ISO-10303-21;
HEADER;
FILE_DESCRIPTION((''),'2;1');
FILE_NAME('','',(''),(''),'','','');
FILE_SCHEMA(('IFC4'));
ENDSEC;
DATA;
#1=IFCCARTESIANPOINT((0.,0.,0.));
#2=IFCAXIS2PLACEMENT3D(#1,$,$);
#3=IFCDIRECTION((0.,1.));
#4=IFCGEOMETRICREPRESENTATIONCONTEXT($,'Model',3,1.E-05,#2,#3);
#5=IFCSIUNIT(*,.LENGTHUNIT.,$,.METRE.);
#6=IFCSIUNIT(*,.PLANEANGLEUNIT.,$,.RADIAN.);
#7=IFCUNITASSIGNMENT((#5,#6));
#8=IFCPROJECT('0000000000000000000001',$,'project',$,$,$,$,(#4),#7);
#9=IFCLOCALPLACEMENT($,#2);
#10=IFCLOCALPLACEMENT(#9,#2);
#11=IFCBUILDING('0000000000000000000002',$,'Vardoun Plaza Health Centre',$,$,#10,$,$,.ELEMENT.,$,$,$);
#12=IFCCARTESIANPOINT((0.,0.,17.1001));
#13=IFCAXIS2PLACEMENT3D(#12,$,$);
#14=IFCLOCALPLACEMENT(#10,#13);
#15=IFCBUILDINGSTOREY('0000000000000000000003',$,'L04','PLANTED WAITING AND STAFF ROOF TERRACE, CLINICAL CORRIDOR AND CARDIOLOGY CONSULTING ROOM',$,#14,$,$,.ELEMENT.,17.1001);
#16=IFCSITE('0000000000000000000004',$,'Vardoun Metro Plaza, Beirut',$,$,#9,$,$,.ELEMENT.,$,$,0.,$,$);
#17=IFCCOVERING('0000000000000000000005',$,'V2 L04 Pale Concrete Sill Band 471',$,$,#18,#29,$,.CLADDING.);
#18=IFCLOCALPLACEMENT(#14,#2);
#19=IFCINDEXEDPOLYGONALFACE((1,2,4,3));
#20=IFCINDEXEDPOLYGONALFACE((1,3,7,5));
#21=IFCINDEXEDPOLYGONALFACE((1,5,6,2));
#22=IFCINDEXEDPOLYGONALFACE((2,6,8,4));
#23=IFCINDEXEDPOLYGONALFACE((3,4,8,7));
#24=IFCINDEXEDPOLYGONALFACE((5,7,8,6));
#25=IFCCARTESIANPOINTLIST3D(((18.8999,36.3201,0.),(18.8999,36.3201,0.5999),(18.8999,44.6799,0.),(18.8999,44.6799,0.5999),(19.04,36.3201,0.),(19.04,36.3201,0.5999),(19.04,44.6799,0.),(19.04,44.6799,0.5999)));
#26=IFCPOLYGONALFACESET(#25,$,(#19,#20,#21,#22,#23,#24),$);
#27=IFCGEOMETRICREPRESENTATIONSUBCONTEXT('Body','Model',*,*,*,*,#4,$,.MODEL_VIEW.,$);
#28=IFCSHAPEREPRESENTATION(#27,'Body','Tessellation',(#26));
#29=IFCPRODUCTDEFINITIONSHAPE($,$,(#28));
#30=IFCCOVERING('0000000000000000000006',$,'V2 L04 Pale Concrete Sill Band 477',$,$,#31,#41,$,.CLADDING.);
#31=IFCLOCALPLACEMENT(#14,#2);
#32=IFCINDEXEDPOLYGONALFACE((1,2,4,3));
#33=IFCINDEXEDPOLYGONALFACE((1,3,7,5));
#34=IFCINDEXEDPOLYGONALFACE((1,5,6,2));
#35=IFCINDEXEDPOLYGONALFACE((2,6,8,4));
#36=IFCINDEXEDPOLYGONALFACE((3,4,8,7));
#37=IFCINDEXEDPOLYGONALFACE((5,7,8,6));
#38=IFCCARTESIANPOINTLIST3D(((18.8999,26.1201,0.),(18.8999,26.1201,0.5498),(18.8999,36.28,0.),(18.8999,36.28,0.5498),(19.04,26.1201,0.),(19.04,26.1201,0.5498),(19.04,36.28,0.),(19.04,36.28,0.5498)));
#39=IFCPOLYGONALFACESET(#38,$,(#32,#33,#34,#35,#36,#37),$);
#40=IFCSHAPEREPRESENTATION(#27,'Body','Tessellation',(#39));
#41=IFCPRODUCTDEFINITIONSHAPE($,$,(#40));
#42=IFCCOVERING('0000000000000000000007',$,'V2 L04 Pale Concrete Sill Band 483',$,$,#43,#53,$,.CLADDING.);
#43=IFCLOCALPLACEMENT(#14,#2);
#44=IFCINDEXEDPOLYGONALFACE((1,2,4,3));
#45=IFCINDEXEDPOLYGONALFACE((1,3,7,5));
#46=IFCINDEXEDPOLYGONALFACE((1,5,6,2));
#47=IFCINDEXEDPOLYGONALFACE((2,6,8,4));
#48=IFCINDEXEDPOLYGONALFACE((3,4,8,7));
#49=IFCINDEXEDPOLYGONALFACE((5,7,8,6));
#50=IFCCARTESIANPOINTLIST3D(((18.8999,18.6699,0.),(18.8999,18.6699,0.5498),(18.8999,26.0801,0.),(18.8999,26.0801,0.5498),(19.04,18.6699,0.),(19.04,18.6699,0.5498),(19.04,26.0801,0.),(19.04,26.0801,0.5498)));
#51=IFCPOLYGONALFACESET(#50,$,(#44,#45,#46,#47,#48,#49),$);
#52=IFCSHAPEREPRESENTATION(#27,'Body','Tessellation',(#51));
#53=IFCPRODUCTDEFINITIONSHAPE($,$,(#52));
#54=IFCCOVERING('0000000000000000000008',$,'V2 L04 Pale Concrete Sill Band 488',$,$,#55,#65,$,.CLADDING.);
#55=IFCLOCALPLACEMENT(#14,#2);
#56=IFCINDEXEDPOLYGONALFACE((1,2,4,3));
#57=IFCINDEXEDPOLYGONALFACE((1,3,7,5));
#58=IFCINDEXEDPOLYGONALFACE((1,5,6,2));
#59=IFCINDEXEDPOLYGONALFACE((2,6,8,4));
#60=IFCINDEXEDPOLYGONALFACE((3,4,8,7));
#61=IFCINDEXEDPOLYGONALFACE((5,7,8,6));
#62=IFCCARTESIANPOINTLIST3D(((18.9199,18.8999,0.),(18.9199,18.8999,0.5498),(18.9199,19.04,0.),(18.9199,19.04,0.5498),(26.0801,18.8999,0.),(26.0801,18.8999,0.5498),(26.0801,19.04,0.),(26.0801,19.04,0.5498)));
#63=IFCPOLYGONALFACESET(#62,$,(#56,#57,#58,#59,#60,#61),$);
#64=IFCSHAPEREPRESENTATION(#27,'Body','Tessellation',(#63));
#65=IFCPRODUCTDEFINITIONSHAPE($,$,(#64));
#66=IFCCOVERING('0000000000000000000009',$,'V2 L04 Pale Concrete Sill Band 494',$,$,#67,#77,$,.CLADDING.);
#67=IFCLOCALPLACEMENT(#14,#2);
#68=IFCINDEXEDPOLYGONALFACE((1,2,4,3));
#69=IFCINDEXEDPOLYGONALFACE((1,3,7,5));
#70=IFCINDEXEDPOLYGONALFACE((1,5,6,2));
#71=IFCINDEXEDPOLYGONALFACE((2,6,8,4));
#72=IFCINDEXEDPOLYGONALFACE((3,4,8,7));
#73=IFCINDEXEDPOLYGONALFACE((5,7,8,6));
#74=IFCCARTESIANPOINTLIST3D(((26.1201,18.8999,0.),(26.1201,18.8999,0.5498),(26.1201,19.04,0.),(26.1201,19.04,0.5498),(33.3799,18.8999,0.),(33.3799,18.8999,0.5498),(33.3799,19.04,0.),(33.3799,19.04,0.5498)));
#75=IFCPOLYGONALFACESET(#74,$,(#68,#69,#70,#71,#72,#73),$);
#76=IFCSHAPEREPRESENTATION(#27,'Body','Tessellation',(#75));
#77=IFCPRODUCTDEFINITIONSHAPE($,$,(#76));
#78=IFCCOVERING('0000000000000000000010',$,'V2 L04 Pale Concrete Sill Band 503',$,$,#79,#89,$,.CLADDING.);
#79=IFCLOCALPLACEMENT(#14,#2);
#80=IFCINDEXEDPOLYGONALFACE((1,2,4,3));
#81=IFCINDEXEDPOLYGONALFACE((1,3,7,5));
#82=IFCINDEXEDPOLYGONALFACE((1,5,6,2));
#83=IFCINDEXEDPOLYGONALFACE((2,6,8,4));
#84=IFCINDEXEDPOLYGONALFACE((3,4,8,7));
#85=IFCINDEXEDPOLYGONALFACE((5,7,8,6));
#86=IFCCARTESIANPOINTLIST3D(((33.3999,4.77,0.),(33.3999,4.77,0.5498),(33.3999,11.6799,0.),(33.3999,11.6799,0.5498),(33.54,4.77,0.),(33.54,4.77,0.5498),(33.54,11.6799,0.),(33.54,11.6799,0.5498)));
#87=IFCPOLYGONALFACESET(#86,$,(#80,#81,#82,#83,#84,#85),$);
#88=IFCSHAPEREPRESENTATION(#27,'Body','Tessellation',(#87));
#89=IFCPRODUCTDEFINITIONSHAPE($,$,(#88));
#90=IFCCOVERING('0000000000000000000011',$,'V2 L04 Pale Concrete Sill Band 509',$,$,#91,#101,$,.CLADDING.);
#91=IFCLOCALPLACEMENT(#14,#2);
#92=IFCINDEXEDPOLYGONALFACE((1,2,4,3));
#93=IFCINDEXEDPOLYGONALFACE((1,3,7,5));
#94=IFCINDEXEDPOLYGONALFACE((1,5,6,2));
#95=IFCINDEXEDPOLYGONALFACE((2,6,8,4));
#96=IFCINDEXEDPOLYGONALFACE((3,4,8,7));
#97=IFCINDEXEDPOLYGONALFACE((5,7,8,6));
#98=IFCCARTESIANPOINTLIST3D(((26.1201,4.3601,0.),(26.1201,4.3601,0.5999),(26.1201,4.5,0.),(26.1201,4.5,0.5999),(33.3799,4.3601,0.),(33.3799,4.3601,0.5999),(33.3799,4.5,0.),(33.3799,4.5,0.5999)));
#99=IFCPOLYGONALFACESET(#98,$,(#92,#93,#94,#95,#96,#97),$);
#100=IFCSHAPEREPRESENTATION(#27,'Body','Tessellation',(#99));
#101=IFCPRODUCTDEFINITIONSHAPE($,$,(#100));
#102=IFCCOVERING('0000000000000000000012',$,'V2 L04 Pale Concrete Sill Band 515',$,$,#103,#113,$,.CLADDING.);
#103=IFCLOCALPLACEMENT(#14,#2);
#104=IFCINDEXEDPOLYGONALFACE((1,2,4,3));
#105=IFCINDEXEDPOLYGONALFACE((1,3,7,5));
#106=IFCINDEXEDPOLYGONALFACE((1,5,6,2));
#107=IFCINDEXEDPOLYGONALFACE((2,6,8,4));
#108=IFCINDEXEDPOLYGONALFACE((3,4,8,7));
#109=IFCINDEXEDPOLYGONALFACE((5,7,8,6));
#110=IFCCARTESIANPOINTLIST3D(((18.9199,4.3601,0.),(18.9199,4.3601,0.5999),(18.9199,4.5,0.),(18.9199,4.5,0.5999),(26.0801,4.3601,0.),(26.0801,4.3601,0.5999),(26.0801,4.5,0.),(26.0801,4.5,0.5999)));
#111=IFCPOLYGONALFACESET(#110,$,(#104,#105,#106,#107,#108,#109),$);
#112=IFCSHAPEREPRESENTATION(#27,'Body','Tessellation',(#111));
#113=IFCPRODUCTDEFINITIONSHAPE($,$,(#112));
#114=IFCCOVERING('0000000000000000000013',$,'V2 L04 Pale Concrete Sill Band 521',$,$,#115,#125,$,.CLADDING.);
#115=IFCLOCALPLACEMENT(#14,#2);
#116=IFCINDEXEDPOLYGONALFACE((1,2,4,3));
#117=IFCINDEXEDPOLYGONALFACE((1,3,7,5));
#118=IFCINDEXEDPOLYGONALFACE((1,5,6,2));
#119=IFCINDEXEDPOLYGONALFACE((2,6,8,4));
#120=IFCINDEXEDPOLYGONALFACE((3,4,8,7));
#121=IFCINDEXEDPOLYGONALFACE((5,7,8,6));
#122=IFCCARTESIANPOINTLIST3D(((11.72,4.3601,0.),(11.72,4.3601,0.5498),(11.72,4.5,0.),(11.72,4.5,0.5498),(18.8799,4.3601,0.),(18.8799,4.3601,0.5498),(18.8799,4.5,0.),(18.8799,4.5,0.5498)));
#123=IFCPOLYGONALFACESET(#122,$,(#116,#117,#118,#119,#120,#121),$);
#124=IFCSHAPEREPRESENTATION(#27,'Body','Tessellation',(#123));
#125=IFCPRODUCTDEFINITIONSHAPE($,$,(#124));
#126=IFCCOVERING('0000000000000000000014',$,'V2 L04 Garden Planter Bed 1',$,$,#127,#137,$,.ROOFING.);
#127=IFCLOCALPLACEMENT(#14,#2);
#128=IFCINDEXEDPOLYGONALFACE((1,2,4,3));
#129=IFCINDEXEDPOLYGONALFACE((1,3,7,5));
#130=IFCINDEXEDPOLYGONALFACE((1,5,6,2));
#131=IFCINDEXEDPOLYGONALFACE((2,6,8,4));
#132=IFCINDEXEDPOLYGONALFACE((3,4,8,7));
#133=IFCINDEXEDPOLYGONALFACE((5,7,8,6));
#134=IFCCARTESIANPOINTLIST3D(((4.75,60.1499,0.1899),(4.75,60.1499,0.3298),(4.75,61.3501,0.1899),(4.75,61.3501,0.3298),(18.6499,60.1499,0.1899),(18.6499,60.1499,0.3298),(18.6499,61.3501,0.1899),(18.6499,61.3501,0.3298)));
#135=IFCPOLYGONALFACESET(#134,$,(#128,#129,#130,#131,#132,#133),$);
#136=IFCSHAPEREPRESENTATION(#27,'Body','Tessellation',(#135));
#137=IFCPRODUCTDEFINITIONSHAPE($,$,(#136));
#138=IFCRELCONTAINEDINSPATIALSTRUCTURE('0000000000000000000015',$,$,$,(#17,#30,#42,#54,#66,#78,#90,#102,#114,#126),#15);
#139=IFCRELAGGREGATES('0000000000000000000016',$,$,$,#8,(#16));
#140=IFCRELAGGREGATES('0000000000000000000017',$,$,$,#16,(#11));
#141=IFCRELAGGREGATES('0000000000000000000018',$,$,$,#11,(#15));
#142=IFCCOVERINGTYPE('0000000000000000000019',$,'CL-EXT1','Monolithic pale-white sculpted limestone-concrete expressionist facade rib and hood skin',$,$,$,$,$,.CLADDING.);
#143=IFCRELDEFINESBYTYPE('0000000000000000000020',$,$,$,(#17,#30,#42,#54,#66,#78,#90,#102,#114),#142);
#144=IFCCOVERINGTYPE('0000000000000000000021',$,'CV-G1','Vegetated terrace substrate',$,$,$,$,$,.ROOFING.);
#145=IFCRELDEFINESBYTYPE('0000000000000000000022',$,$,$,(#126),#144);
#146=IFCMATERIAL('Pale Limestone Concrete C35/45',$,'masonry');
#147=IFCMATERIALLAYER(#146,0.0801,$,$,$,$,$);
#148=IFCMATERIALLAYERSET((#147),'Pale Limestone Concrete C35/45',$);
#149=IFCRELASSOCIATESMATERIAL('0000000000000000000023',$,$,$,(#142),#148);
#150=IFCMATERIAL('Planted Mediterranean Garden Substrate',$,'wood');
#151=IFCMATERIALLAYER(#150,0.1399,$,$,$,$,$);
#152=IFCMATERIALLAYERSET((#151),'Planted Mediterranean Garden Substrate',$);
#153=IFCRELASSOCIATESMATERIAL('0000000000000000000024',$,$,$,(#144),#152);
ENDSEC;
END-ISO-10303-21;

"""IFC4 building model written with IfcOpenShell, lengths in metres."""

from ifc_helpers import new_model, si_unit, direction, frame, origin, place, context, subcontext, project, spatial, polyline, outline, extrude, material, layer, layer_set, type_object, element, save


model = new_model("IFC4")

# Units and contexts
model_context = context("Model", 3, precision=1e-05, world=origin(), true_north=direction((0.0, 1.0)))
body_context = subcontext(model_context, "Body", "Model", "MODEL_VIEW")
ifc_project = project(units=[si_unit("LENGTHUNIT", "METRE"), si_unit("PLANEANGLEUNIT", "RADIAN")], contexts=[model_context])

# Site, building, storey
site_placement = place(None, origin())
site = spatial("IfcSite", under=ifc_project, at=site_placement, Name="Vardoun Metro Plaza, Beirut", CompositionType="ELEMENT", RefElevation=0.0)
building_placement = place(site_placement, origin())
building = spatial("IfcBuilding", under=site, at=building_placement, Name="Vardoun Plaza Health Centre", CompositionType="ELEMENT")
storey_placement = place(building_placement, frame((0.0, 0.0, 17.1001)))
storey = spatial("IfcBuildingStorey", under=building, at=storey_placement, Name="L04", Description="PLANTED WAITING AND STAFF ROOF TERRACE, CLINICAL CORRIDOR AND CARDIOLOGY CONSULTING ROOM", CompositionType="ELEMENT", Elevation=17.1001)

# Coverings
ifc_material_1 = material(Name="Pale Limestone Concrete C35/45", Category="masonry")
ifc_layer_1 = layer(ifc_material_1, 0.0801)
ifc_layer_set_1 = layer_set([ifc_layer_1], Name="Pale Limestone Concrete C35/45")
covering_type_1 = type_object("IfcCoveringType", Name="CL-EXT1", Description="Monolithic pale-white sculpted limestone-concrete expressionist facade rib and hood skin", PredefinedType="CLADDING", material=ifc_layer_set_1)
covering_1_placement = place(storey_placement, origin())
element("IfcCovering", 1, at=covering_1_placement, inside=storey, type_object=covering_type_1, Name="V2 L04 Pale Concrete Sill Band 471", PredefinedType="CLADDING", context=body_context, shape_type="SweptSolid", body=[
    extrude(outline(polyline([(18.8999, 44.6799), (18.8999, 36.3201), (19.04, 36.3201), (19.04, 44.6799), (18.8999, 44.6799)])), origin(), (0.0, 0.0, 1.0), 0.5999),
])
covering_2_placement = place(storey_placement, origin())
element("IfcCovering", 2, at=covering_2_placement, inside=storey, type_object=covering_type_1, Name="V2 L04 Pale Concrete Sill Band 477", PredefinedType="CLADDING", context=body_context, shape_type="SweptSolid", body=[
    extrude(outline(polyline([(18.8999, 36.28), (18.8999, 26.1201), (19.04, 26.1201), (19.04, 36.28), (18.8999, 36.28)])), origin(), (0.0, 0.0, 1.0), 0.5498),
])
covering_3_placement = place(storey_placement, origin())
element("IfcCovering", 3, at=covering_3_placement, inside=storey, type_object=covering_type_1, Name="V2 L04 Pale Concrete Sill Band 483", PredefinedType="CLADDING", context=body_context, shape_type="SweptSolid", body=[
    extrude(outline(polyline([(18.8999, 26.0801), (18.8999, 18.6699), (19.04, 18.6699), (19.04, 26.0801), (18.8999, 26.0801)])), origin(), (0.0, 0.0, 1.0), 0.5498),
])
covering_4_placement = place(storey_placement, origin())
element("IfcCovering", 4, at=covering_4_placement, inside=storey, type_object=covering_type_1, Name="V2 L04 Pale Concrete Sill Band 488", PredefinedType="CLADDING", context=body_context, shape_type="SweptSolid", body=[
    extrude(outline(polyline([(18.9199, 18.8999), (26.0801, 18.8999), (26.0801, 19.04), (18.9199, 19.04), (18.9199, 18.8999)])), origin(), (0.0, 0.0, 1.0), 0.5498),
])
covering_5_placement = place(storey_placement, origin())
element("IfcCovering", 5, at=covering_5_placement, inside=storey, type_object=covering_type_1, Name="V2 L04 Pale Concrete Sill Band 494", PredefinedType="CLADDING", context=body_context, shape_type="SweptSolid", body=[
    extrude(outline(polyline([(26.1201, 18.8999), (33.3799, 18.8999), (33.3799, 19.04), (26.1201, 19.04), (26.1201, 18.8999)])), origin(), (0.0, 0.0, 1.0), 0.5498),
])
covering_6_placement = place(storey_placement, origin())
element("IfcCovering", 6, at=covering_6_placement, inside=storey, type_object=covering_type_1, Name="V2 L04 Pale Concrete Sill Band 503", PredefinedType="CLADDING", context=body_context, shape_type="SweptSolid", body=[
    extrude(outline(polyline([(33.3999, 11.6799), (33.3999, 4.77), (33.54, 4.77), (33.54, 11.6799), (33.3999, 11.6799)])), origin(), (0.0, 0.0, 1.0), 0.5498),
])
covering_7_placement = place(storey_placement, origin())
element("IfcCovering", 7, at=covering_7_placement, inside=storey, type_object=covering_type_1, Name="V2 L04 Pale Concrete Sill Band 509", PredefinedType="CLADDING", context=body_context, shape_type="SweptSolid", body=[
    extrude(outline(polyline([(33.3799, 4.5), (26.1201, 4.5), (26.1201, 4.3601), (33.3799, 4.3601), (33.3799, 4.5)])), origin(), (0.0, 0.0, 1.0), 0.5999),
])
covering_8_placement = place(storey_placement, origin())
element("IfcCovering", 8, at=covering_8_placement, inside=storey, type_object=covering_type_1, Name="V2 L04 Pale Concrete Sill Band 515", PredefinedType="CLADDING", context=body_context, shape_type="SweptSolid", body=[
    extrude(outline(polyline([(26.0801, 4.5), (18.9199, 4.5), (18.9199, 4.3601), (26.0801, 4.3601), (26.0801, 4.5)])), origin(), (0.0, 0.0, 1.0), 0.5999),
])
covering_9_placement = place(storey_placement, origin())
element("IfcCovering", 9, at=covering_9_placement, inside=storey, type_object=covering_type_1, Name="V2 L04 Pale Concrete Sill Band 521", PredefinedType="CLADDING", context=body_context, shape_type="SweptSolid", body=[
    extrude(outline(polyline([(18.8799, 4.5), (11.72, 4.5), (11.72, 4.3601), (18.8799, 4.3601), (18.8799, 4.5)])), origin(), (0.0, 0.0, 1.0), 0.5498),
])
ifc_material_2 = material(Name="Planted Mediterranean Garden Substrate", Category="wood")
ifc_layer_2 = layer(ifc_material_2, 0.1399)
ifc_layer_set_2 = layer_set([ifc_layer_2], Name="Planted Mediterranean Garden Substrate")
covering_type_2 = type_object("IfcCoveringType", Name="CV-G1", Description="Vegetated terrace substrate", PredefinedType="ROOFING", material=ifc_layer_set_2)
covering_10_placement = place(storey_placement, frame((0.0, 0.0, 0.1899)))
element("IfcCovering", 10, at=covering_10_placement, inside=storey, type_object=covering_type_2, Name="V2 L04 Garden Planter Bed 1", PredefinedType="ROOFING", context=body_context, shape_type="SweptSolid", body=[
    extrude(outline(polyline([(4.75, 60.1499), (18.6499, 60.1499), (18.6499, 61.3501), (4.75, 61.3501), (4.75, 60.1499)])), origin(), (0.0, 0.0, 1.0), 0.1399),
])

save(model, "model.ifc")
